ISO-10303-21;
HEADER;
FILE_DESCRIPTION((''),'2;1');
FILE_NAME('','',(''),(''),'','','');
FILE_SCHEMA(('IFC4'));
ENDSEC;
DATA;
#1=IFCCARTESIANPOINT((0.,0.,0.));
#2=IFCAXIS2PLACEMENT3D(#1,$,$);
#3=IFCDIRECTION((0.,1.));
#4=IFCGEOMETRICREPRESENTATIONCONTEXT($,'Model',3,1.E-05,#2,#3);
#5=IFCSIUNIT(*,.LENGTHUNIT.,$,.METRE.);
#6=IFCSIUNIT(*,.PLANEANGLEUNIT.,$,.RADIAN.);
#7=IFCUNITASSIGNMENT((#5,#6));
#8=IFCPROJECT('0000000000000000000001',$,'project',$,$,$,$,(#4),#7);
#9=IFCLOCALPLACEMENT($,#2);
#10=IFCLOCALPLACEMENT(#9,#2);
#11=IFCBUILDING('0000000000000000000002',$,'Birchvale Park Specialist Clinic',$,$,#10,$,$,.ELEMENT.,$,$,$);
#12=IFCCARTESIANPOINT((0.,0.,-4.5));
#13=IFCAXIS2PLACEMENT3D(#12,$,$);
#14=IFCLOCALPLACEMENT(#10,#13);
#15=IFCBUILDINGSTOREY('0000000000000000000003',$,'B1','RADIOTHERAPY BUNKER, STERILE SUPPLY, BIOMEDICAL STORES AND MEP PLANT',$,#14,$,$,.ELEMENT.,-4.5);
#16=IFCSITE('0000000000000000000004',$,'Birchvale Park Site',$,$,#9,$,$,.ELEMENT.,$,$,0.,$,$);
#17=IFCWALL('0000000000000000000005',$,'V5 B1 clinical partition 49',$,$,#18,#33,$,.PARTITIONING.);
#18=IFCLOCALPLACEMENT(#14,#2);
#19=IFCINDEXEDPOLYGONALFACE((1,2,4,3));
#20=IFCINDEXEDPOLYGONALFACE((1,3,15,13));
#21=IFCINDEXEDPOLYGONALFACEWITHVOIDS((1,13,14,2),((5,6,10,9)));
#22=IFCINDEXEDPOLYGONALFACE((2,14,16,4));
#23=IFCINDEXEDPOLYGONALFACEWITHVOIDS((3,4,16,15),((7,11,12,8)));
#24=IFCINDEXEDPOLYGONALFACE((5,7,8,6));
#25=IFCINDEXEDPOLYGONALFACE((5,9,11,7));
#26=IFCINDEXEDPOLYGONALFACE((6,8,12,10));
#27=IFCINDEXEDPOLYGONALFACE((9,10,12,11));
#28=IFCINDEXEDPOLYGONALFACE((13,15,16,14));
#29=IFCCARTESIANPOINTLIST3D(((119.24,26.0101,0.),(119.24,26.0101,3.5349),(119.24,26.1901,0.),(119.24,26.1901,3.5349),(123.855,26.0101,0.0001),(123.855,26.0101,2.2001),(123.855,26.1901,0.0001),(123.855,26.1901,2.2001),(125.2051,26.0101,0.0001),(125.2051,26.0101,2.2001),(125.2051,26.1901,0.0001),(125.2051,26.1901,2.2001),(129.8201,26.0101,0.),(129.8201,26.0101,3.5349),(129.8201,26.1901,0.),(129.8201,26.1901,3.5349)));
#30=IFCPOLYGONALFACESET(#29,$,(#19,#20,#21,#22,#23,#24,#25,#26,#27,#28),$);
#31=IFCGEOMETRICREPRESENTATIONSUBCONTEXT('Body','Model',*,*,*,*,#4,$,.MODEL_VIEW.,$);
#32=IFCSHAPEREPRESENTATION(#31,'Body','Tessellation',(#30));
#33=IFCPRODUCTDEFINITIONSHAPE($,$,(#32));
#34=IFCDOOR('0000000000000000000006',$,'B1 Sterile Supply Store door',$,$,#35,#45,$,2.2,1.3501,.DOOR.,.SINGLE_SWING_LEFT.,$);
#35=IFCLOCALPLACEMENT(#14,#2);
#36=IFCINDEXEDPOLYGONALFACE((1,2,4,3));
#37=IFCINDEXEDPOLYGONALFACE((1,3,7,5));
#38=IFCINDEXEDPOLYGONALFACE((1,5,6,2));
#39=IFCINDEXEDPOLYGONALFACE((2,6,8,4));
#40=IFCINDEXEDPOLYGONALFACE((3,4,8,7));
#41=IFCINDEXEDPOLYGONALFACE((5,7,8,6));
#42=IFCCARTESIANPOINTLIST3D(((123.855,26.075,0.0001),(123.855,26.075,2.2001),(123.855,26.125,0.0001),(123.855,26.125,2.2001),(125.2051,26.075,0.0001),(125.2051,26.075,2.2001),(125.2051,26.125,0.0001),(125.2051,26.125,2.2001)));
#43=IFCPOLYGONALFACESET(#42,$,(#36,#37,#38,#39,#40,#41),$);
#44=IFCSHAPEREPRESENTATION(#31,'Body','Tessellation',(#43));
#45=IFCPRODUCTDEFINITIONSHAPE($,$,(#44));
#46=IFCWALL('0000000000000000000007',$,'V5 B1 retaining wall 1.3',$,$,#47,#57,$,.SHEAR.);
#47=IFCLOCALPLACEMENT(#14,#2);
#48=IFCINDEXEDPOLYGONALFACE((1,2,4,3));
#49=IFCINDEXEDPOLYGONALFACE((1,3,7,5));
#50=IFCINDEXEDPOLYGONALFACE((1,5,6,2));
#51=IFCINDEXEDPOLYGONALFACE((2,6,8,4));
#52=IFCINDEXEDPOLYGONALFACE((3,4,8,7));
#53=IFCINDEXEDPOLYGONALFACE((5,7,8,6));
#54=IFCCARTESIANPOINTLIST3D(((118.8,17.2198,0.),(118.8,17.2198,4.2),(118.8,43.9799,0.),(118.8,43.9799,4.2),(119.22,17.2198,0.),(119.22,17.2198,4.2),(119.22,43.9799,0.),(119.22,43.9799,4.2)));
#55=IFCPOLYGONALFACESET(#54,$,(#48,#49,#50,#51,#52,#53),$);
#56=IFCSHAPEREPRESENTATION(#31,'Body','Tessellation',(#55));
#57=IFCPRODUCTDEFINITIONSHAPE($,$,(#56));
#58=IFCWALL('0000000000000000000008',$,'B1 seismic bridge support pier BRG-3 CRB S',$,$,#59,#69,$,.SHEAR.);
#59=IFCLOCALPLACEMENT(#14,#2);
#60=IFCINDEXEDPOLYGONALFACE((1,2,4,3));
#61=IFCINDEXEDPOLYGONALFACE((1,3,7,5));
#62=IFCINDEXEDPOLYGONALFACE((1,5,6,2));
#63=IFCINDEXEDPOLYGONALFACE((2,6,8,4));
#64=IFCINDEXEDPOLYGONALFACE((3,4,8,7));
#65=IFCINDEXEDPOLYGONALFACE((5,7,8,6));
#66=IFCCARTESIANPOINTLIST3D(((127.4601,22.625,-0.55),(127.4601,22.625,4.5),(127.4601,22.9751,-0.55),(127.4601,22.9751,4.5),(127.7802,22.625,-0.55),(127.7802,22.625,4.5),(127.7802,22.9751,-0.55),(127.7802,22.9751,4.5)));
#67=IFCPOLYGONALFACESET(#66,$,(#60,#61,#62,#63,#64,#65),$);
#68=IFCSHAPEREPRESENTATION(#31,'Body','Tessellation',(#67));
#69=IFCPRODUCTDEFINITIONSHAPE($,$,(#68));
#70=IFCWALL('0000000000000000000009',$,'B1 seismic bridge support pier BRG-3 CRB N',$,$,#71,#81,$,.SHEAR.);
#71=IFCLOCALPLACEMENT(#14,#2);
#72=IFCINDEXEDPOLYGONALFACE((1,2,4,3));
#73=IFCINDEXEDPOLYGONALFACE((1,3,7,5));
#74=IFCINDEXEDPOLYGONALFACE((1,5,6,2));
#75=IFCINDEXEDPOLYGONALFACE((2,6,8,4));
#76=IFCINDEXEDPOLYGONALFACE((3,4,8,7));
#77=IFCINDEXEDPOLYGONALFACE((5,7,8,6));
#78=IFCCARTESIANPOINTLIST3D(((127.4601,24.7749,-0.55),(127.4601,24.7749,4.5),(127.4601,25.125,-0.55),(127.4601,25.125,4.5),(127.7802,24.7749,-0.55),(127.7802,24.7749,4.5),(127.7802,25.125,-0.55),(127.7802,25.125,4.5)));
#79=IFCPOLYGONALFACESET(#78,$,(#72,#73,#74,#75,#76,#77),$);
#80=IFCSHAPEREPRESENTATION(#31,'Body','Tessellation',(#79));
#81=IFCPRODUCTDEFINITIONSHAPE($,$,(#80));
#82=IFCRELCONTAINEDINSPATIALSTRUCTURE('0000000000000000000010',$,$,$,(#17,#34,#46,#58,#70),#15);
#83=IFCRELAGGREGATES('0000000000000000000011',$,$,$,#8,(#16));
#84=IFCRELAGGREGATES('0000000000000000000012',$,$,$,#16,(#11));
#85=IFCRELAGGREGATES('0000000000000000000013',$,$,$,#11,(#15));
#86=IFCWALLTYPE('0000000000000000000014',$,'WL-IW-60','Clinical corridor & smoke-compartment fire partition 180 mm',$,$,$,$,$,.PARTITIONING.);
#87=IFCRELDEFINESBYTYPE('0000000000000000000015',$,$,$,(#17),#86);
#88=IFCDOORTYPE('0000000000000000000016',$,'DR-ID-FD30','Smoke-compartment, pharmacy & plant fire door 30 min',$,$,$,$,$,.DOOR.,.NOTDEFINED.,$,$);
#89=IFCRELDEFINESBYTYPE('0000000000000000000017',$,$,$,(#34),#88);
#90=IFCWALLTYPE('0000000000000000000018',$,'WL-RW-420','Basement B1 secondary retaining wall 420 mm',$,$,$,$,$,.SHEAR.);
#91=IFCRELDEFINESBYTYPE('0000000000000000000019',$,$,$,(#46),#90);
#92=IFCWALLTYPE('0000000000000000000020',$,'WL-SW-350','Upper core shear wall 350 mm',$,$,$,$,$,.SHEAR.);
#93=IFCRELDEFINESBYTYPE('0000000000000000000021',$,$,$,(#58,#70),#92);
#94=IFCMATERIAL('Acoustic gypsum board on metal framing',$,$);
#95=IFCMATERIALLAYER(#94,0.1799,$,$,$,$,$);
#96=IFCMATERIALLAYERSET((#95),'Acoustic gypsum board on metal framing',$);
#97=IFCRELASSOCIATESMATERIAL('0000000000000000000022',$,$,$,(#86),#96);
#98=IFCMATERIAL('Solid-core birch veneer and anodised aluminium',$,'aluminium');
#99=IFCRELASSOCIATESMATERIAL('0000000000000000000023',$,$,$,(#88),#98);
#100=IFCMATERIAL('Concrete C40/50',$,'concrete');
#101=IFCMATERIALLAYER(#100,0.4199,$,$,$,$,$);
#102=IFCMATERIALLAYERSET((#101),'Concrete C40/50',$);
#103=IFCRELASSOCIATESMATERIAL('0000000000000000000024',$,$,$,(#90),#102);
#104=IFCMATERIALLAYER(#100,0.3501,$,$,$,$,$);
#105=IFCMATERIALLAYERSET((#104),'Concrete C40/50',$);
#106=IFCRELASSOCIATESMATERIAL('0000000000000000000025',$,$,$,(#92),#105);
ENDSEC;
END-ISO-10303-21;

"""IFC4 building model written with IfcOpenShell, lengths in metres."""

from ifc_helpers import new_model, si_unit, direction, frame, frame_2d, origin, place, context, subcontext, project, spatial, rectangle, extrude, material, layer, layer_set, type_object, element, fill, save


model = new_model("IFC4")

# Units and contexts
model_context = context("Model", 3, precision=1e-05, world=origin(), true_north=direction((0.0, 1.0)))
body_context = subcontext(model_context, "Body", "Model", "MODEL_VIEW")
ifc_project = project(units=[si_unit("LENGTHUNIT", "METRE"), si_unit("PLANEANGLEUNIT", "RADIAN")], contexts=[model_context])

# Site, building, storey
site_placement = place(None, origin())
site = spatial("IfcSite", under=ifc_project, at=site_placement, Name="Birchvale Park Site", CompositionType="ELEMENT", RefElevation=0.0)
building_placement = place(site_placement, origin())
building = spatial("IfcBuilding", under=site, at=building_placement, Name="Birchvale Park Specialist Clinic", CompositionType="ELEMENT")
storey_placement = place(building_placement, frame((0.0, 0.0, -4.5)))
storey = spatial("IfcBuildingStorey", under=building, at=storey_placement, Name="B1", Description="RADIOTHERAPY BUNKER, STERILE SUPPLY, BIOMEDICAL STORES AND MEP PLANT", CompositionType="ELEMENT", Elevation=-4.5)

# Shared definitions
ifc_material_1 = material(Name="Concrete C40/50", Category="concrete")

# Wall, opening, door
ifc_material_2 = material(Name="Acoustic gypsum board on metal framing")
ifc_layer_1 = layer(ifc_material_2, 0.1799)
ifc_layer_set_1 = layer_set([ifc_layer_1], Name="Acoustic gypsum board on metal framing")
wall_type_1 = type_object("IfcWallType", Name="WL-IW-60", Description="Clinical corridor & smoke-compartment fire partition 180 mm", PredefinedType="PARTITIONING", material=ifc_layer_set_1)
wall_1_placement = place(storey_placement, frame((119.24, 26.1001, 0.0), z_axis=(0.0, 0.0, 1.0), x_axis=(1.0, 0.0, 0.0)))
wall_1 = element("IfcWall", 1, at=wall_1_placement, inside=storey, type_object=wall_type_1, Name="V5 B1 clinical partition 49", PredefinedType="PARTITIONING", context=body_context, shape_type="SweptSolid", body=[
    extrude(rectangle(XDim=10.5801, YDim=0.1799, at=frame_2d((5.29, 0.0))), origin(), (0.0, 0.0, 1.0), 3.5349),
])
opening_placement = place(wall_1_placement, frame((4.615, 0.0, 0.0)))
opening = element("IfcOpeningElement", 2, at=opening_placement, cuts=wall_1, PredefinedType="OPENING", context=body_context, shape_type="SweptSolid", body=[
    extrude(rectangle(XDim=1.3501, YDim=2.2, at=frame_2d((0.675, 1.1001))), frame((0.0, 0.1001, 0.0), z_axis=(0.0, -1.0, 0.0), x_axis=(1.0, 0.0, 0.0)), (0.0, 0.0, 1.0), 0.2),
])
ifc_material_3 = material(Name="Solid-core birch veneer and anodised aluminium", Category="aluminium")
door_type = type_object("IfcDoorType", Name="DR-ID-FD30", Description="Smoke-compartment, pharmacy & plant fire door 30 min", OperationType="NOTDEFINED", PredefinedType="DOOR", material=ifc_material_3)
door_placement = place(opening_placement, origin())
door = element("IfcDoor", 3, at=door_placement, inside=storey, type_object=door_type, Name="B1 Sterile Supply Store door", OperationType="SINGLE_SWING_LEFT", OverallHeight=2.2, OverallWidth=1.3501, PredefinedType="DOOR", context=body_context, shape_type="SweptSolid", body=[
    extrude(rectangle(XDim=1.3501, YDim=2.2, at=frame_2d((0.675, 1.1001))), frame((0.0, 0.0249, 0.0), z_axis=(0.0, -1.0, 0.0), x_axis=(1.0, 0.0, 0.0)), (0.0, 0.0, 1.0), 0.05),
])
fill(opening, door)

# Walls
ifc_layer_2 = layer(ifc_material_1, 0.4199)
ifc_layer_set_2 = layer_set([ifc_layer_2], Name="Concrete C40/50")
wall_type_2 = type_object("IfcWallType", Name="WL-RW-420", Description="Basement B1 secondary retaining wall 420 mm", PredefinedType="SHEAR", material=ifc_layer_set_2)
wall_2_placement = place(storey_placement, frame((119.01, 17.22, 0.0), z_axis=(0.0, 0.0, 1.0), x_axis=(0.0, 1.0, 0.0)))
element("IfcWall", 4, at=wall_2_placement, inside=storey, type_object=wall_type_2, Name="V5 B1 retaining wall 1.3", PredefinedType="SHEAR", context=body_context, shape_type="SweptSolid", body=[
    extrude(rectangle(XDim=26.76, YDim=0.4199, at=frame_2d((13.3799, 0.0))), origin(), (0.0, 0.0, 1.0), 4.2),
])
ifc_layer_3 = layer(ifc_material_1, 0.3501)
ifc_layer_set_3 = layer_set([ifc_layer_3], Name="Concrete C40/50")
wall_type_3 = type_object("IfcWallType", Name="WL-SW-350", Description="Upper core shear wall 350 mm", PredefinedType="SHEAR", material=ifc_layer_set_3)
for number, where, z_axis, x_axis, name in (
    (5, (127.46, 22.8, -0.55), (0.0, 0.0, 1.0), (1.0, 0.0, 0.0), "B1 seismic bridge support pier BRG-3 CRB S"),
    (6, (127.46, 24.95, -0.55), (0.0, 0.0, 1.0), (1.0, 0.0, 0.0), "B1 seismic bridge support pier BRG-3 CRB N"),
):
    element("IfcWall", number, at=place(storey_placement, frame(where, z_axis=z_axis, x_axis=x_axis)), inside=storey, type_object=wall_type_3, Name=name, PredefinedType="SHEAR", context=body_context, shape_type="SweptSolid", body=[
        extrude(rectangle(XDim=0.3201, YDim=0.3501, at=frame_2d((0.1602, 0.0))), origin(), (0.0, 0.0, 1.0), 5.05),
    ])

save(model, "model.ifc")
